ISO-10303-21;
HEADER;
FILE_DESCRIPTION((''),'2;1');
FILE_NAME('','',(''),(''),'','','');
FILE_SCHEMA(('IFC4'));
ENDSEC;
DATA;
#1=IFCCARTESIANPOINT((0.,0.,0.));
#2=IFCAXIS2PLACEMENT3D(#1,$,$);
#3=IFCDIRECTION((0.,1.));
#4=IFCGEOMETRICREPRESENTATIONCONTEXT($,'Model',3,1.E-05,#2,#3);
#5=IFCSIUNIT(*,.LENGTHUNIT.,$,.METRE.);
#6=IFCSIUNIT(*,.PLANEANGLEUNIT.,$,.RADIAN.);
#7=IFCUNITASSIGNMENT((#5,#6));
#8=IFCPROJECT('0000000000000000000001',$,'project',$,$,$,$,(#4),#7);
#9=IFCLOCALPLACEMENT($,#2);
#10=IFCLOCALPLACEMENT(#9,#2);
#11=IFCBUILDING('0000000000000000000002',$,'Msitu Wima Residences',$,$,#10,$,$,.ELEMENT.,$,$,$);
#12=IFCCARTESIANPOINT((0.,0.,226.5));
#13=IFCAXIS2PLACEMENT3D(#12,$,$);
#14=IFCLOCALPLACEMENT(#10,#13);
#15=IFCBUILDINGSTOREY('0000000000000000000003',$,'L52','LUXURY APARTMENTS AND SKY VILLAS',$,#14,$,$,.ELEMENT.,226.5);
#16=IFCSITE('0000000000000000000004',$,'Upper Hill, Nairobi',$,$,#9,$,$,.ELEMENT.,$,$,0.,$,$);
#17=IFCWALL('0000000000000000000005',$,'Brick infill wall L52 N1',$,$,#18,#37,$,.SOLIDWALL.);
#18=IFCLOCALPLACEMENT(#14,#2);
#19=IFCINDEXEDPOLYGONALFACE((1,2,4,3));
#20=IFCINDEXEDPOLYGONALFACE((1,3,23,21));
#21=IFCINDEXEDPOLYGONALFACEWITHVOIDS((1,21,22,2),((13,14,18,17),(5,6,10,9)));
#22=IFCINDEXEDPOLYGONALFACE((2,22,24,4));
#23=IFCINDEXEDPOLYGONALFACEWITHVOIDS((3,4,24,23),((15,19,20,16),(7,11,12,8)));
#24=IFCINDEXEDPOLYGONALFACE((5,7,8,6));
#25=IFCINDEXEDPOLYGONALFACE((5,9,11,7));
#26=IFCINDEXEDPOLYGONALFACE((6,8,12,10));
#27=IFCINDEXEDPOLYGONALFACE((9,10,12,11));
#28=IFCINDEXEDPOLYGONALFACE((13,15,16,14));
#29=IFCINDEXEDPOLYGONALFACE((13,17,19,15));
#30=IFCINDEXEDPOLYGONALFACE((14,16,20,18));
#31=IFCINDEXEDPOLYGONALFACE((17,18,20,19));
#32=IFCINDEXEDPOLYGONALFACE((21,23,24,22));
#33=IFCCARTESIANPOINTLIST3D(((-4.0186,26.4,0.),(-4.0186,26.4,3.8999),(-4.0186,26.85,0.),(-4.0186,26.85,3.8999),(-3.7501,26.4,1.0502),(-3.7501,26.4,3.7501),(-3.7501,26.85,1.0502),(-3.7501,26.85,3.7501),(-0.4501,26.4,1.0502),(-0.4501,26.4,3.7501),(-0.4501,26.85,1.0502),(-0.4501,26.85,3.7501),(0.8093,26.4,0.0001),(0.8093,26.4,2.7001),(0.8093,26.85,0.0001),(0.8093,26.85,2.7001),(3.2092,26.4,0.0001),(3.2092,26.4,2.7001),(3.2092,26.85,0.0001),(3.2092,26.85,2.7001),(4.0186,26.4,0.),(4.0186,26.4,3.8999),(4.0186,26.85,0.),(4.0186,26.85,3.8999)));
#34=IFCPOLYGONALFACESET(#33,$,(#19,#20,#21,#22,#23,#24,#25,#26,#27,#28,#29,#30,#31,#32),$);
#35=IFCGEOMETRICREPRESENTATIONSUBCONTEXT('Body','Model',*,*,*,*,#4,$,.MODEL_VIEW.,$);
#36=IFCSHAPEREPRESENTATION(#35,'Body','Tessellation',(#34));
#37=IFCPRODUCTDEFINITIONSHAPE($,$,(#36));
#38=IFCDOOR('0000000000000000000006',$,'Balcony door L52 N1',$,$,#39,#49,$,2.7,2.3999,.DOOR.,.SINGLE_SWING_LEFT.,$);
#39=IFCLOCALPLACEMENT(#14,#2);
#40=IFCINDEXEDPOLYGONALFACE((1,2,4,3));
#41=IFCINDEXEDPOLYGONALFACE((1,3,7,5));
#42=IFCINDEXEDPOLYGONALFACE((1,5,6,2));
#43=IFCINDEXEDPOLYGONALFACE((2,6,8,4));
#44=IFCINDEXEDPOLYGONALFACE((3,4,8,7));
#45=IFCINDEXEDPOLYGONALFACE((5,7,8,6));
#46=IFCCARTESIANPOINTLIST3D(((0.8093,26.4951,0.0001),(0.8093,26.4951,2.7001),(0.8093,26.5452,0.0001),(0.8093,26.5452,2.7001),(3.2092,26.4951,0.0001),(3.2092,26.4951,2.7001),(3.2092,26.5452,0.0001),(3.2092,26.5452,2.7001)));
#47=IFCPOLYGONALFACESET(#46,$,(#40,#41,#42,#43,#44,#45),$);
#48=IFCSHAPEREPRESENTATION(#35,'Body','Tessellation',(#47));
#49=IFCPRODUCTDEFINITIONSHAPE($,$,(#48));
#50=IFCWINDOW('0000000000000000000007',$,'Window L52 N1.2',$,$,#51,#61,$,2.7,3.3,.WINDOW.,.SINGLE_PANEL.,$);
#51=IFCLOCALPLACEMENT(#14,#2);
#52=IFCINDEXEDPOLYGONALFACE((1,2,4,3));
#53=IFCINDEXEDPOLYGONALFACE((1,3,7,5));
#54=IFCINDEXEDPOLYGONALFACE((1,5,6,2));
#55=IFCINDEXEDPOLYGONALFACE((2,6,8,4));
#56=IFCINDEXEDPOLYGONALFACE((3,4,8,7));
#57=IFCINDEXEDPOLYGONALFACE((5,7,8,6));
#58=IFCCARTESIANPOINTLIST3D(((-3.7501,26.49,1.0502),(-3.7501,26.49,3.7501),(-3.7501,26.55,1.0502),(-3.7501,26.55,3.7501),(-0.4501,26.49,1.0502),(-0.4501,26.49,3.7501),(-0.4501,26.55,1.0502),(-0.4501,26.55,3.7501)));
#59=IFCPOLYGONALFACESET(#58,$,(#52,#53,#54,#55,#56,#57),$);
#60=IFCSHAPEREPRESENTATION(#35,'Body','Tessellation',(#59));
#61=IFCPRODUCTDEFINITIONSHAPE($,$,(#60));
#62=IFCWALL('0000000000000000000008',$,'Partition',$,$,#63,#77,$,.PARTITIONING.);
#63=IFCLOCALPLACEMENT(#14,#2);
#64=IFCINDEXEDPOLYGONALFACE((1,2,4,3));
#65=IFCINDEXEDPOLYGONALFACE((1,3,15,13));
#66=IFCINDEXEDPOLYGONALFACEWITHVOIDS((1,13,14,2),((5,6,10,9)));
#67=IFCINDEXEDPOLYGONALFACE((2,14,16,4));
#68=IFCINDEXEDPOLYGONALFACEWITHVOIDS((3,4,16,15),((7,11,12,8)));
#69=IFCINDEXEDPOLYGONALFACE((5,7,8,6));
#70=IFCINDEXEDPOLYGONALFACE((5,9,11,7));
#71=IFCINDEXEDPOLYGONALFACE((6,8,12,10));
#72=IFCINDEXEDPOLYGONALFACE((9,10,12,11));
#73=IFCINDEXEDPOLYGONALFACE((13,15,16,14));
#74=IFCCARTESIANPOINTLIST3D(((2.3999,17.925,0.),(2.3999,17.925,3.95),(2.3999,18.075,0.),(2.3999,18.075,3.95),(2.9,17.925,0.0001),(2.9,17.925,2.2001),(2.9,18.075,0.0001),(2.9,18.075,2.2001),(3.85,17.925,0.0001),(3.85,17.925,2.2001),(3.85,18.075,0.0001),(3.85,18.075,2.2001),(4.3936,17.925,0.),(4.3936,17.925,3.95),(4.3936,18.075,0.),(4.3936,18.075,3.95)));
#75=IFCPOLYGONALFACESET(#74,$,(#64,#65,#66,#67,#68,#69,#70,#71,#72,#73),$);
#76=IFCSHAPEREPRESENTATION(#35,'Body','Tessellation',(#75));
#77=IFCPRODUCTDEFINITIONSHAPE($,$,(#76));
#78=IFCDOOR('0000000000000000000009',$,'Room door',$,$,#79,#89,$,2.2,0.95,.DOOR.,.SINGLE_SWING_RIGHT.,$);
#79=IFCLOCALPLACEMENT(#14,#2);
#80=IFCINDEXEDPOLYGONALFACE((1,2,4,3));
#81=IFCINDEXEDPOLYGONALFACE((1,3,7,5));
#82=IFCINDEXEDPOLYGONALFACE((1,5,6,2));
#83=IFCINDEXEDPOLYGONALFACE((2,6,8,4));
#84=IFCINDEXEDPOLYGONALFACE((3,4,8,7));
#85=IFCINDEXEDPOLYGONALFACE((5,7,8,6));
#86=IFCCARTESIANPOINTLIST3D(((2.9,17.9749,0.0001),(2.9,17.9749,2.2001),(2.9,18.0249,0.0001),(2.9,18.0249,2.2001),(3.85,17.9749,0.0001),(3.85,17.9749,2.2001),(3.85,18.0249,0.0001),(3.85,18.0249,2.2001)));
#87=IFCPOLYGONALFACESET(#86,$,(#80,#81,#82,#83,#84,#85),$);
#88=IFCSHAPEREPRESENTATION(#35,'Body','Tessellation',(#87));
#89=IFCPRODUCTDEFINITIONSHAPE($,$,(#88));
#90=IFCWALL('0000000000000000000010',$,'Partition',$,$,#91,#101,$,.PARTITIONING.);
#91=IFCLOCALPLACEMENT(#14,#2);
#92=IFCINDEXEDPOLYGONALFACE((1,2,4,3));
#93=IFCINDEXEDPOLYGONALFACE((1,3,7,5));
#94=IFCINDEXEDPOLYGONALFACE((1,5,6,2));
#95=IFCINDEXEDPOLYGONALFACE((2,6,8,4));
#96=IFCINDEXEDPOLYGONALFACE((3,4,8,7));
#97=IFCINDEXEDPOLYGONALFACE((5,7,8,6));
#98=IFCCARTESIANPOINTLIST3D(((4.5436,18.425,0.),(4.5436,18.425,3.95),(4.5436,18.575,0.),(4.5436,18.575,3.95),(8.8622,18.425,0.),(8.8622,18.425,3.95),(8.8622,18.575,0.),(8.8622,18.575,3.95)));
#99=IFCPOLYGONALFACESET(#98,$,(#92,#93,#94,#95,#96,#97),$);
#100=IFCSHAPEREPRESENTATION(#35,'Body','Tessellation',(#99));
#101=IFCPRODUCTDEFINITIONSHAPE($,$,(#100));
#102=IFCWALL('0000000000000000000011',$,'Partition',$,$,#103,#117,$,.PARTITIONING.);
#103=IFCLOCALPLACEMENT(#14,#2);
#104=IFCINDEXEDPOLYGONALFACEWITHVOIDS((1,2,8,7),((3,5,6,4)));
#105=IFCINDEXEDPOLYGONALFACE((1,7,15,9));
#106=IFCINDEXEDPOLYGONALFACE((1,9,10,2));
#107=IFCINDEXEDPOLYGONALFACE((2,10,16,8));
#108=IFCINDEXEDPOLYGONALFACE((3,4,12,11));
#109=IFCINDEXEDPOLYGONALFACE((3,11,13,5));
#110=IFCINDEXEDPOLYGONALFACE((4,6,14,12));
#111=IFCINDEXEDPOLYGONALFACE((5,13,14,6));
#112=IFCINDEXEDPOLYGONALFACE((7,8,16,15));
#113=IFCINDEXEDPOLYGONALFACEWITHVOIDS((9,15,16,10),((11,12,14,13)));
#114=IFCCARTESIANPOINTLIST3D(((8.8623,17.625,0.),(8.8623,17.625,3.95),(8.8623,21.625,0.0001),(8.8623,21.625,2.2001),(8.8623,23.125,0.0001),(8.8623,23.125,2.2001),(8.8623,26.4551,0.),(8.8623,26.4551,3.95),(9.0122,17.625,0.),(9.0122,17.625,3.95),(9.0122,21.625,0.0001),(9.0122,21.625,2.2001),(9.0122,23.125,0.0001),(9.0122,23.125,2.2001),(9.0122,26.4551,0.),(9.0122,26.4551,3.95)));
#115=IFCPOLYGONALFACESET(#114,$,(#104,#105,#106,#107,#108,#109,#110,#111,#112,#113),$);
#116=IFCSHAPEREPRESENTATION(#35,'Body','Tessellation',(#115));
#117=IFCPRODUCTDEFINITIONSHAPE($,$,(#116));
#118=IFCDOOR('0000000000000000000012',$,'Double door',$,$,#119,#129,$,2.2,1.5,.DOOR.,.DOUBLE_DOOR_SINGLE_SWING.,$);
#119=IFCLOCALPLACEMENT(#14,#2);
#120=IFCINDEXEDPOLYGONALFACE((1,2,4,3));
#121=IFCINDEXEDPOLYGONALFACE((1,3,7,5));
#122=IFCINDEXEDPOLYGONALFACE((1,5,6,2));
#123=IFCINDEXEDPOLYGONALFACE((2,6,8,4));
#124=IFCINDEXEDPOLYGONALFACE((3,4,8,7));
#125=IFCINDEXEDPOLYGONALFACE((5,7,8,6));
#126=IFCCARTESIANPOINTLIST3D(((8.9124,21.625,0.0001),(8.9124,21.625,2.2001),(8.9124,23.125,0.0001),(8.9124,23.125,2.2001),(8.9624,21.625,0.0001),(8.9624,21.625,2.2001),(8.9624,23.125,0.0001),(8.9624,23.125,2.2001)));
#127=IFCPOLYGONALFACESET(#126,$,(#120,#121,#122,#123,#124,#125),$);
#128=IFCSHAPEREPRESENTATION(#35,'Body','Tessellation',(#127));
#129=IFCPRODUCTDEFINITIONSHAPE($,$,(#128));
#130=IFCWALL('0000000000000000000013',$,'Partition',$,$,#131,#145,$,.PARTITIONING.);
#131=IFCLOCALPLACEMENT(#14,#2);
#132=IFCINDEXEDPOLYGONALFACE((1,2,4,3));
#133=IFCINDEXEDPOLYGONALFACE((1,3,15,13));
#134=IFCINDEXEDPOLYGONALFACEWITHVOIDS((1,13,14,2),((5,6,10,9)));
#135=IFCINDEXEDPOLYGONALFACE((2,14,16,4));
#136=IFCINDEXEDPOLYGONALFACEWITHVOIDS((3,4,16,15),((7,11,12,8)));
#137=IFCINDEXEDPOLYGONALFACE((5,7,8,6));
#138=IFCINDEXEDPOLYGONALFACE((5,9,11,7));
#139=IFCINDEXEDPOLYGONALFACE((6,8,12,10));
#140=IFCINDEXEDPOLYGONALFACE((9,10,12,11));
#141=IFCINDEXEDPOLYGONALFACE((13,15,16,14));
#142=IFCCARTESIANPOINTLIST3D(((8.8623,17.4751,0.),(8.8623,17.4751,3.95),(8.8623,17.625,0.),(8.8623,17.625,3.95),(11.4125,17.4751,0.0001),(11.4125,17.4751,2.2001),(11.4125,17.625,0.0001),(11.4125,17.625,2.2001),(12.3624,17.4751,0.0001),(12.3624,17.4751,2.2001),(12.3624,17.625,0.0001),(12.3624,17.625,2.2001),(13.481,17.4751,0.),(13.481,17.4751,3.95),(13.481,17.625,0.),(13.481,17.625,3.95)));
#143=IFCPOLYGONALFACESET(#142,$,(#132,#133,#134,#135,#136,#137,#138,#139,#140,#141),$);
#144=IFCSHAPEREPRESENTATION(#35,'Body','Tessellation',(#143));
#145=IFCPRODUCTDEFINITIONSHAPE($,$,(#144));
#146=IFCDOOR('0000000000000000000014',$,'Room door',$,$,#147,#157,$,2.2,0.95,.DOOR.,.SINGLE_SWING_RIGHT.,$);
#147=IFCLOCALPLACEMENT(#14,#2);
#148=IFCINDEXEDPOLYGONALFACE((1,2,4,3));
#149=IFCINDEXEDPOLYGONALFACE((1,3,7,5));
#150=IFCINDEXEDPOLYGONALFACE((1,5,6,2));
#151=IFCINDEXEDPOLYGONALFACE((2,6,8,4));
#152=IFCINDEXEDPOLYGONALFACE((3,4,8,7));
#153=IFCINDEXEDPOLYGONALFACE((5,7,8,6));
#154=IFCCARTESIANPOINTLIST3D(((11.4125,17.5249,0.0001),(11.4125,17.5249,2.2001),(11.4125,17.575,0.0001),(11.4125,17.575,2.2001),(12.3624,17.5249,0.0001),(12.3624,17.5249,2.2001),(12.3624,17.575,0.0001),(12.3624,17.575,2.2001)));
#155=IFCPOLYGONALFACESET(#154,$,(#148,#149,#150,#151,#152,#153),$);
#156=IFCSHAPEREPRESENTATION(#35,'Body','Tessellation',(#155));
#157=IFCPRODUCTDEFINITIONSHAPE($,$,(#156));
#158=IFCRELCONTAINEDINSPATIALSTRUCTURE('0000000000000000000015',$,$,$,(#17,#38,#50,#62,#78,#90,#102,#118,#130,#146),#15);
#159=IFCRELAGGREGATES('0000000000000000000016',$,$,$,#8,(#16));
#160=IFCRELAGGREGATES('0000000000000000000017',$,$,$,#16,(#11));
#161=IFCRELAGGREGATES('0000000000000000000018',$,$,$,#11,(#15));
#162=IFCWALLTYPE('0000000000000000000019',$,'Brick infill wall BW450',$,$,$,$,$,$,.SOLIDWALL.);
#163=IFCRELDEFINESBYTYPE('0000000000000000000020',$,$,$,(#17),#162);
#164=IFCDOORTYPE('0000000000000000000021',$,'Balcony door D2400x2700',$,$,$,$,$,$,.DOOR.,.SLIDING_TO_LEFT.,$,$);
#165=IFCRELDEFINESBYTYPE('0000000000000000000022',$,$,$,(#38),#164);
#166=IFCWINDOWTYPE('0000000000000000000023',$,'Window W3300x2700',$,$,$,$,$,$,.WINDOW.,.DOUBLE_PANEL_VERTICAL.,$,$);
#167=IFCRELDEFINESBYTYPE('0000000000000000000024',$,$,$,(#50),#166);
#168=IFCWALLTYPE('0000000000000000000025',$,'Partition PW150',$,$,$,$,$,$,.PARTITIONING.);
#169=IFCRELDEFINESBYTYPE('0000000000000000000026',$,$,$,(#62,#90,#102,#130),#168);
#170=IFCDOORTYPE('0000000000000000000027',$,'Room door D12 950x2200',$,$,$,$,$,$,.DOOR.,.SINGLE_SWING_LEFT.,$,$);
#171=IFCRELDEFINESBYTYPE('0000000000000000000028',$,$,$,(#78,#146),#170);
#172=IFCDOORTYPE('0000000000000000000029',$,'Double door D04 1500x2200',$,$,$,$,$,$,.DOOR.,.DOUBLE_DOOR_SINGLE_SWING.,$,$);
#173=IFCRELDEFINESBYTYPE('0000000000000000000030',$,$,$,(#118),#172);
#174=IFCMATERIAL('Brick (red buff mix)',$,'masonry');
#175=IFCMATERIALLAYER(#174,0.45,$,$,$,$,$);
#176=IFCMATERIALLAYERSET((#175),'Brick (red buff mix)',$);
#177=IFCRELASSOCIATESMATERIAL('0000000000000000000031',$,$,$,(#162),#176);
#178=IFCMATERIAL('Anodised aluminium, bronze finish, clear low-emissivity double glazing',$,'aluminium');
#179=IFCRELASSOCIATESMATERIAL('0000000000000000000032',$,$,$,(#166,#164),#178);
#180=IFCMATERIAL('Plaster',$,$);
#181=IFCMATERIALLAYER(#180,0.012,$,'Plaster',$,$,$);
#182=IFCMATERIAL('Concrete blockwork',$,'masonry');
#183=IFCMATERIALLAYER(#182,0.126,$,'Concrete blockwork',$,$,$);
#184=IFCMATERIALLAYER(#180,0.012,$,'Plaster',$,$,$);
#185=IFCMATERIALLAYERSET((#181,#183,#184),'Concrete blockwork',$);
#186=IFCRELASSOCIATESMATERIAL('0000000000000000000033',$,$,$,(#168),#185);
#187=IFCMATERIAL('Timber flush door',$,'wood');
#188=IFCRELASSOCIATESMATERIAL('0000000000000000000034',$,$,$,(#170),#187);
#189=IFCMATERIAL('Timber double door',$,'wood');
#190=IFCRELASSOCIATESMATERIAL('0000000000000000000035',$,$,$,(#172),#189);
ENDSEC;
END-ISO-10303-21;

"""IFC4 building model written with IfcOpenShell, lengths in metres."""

from ifc_helpers import new_model, si_unit, direction, frame, frame_2d, origin, place, context, subcontext, project, spatial, rectangle, extrude, material, layer, layer_set, type_object, element, fill, save


model = new_model("IFC4")

# Units and contexts
model_context = context("Model", 3, precision=1e-05, world=origin(), true_north=direction((0.0, 1.0)))
body_context = subcontext(model_context, "Body", "Model", "MODEL_VIEW")
ifc_project = project(units=[si_unit("LENGTHUNIT", "METRE"), si_unit("PLANEANGLEUNIT", "RADIAN")], contexts=[model_context])

# Site, building, storey
site_placement = place(None, origin())
site = spatial("IfcSite", under=ifc_project, at=site_placement, Name="Upper Hill, Nairobi", CompositionType="ELEMENT", RefElevation=0.0)
building_placement = place(site_placement, origin())
building = spatial("IfcBuilding", under=site, at=building_placement, Name="Msitu Wima Residences", CompositionType="ELEMENT")
storey_placement = place(building_placement, frame((0.0, 0.0, 226.5)))
storey = spatial("IfcBuildingStorey", under=building, at=storey_placement, Name="L52", Description="LUXURY APARTMENTS AND SKY VILLAS", CompositionType="ELEMENT", Elevation=226.5)

# Shared definitions
ifc_material_1 = material(Name="Brick (red buff mix)", Category="masonry")
ifc_layer_1 = layer(ifc_material_1, 0.45)
ifc_layer_set_1 = layer_set([ifc_layer_1], Name="Brick (red buff mix)")
wall_type_1 = type_object("IfcWallType", Name="Brick infill wall BW450", PredefinedType="SOLIDWALL", material=ifc_layer_set_1)
ifc_material_2 = material(Name="Anodised aluminium, bronze finish, clear low-emissivity double glazing", Category="aluminium")
window_type = type_object("IfcWindowType", Name="Window W3300x2700", PartitioningType="DOUBLE_PANEL_VERTICAL", PredefinedType="WINDOW", material=ifc_material_2)

# Wall, openings, door, window
wall_1_placement = place(storey_placement, frame((4.0186, 26.625, 0.0), z_axis=(0.0, 0.0, 1.0), x_axis=(-1.0, 0.0, 0.0)))
wall_1 = element("IfcWall", 1, at=wall_1_placement, inside=storey, type_object=wall_type_1, Name="Brick infill wall L52 N1", PredefinedType="SOLIDWALL", context=body_context, shape_type="SweptSolid", body=[
    extrude(rectangle(XDim=8.0371, YDim=0.45, at=frame_2d((4.0186, 0.0))), origin(), (0.0, 0.0, 1.0), 3.8999),
])
opening_1_placement = place(wall_1_placement, frame((0.8093, 0.0, 0.0)))
opening_1 = element("IfcOpeningElement", 2, at=opening_1_placement, cuts=wall_1, PredefinedType="OPENING", context=body_context, shape_type="SweptSolid", body=[
    extrude(rectangle(XDim=2.3999, YDim=2.7, at=frame_2d((1.2, 1.3501))), frame((0.0, 0.2349, 0.0), z_axis=(0.0, -1.0, 0.0), x_axis=(1.0, 0.0, 0.0)), (0.0, 0.0, 1.0), 0.47),
])
opening_2_placement = place(wall_1_placement, frame((4.4688, 0.0, 1.05)))
opening_2 = element("IfcOpeningElement", 3, at=opening_2_placement, cuts=wall_1, PredefinedType="OPENING", context=body_context, shape_type="SweptSolid", body=[
    extrude(rectangle(XDim=3.3, YDim=2.7, at=frame_2d((1.6499, 1.3501))), frame((0.0, 0.2349, 0.0), z_axis=(0.0, -1.0, 0.0), x_axis=(1.0, 0.0, 0.0)), (0.0, 0.0, 1.0), 0.47),
])
door_type_1 = type_object("IfcDoorType", Name="Balcony door D2400x2700", OperationType="SLIDING_TO_LEFT", PredefinedType="DOOR", material=ifc_material_2)
door_1_placement = place(opening_1_placement, origin())
door_1 = element("IfcDoor", 4, at=door_1_placement, inside=storey, type_object=door_type_1, Name="Balcony door L52 N1", OperationType="SINGLE_SWING_LEFT", OverallHeight=2.7, OverallWidth=2.3999, PredefinedType="DOOR", context=body_context, shape_type="SweptSolid", body=[
    extrude(rectangle(XDim=2.3999, YDim=2.7, at=frame_2d((1.2, 1.3501))), frame((0.0, 0.1299, 0.0), z_axis=(0.0, -1.0, 0.0), x_axis=(1.0, 0.0, 0.0)), (0.0, 0.0, 1.0), 0.05),
])
fill(opening_1, door_1)
window_1_placement = place(opening_2_placement, origin())
window_1 = element("IfcWindow", 5, at=window_1_placement, inside=storey, type_object=window_type, Name="Window L52 N1.2", OverallHeight=2.7, OverallWidth=3.3, PartitioningType="SINGLE_PANEL", PredefinedType="WINDOW", context=body_context, shape_type="SweptSolid", body=[
    extrude(rectangle(XDim=3.3, YDim=2.7, at=frame_2d((1.6499, 1.3501))), frame((0.0, 0.135, 0.0), z_axis=(0.0, -1.0, 0.0), x_axis=(1.0, 0.0, 0.0)), (0.0, 0.0, 1.0), 0.0601),
])
fill(opening_2, window_1)

# Wall, opening, door
ifc_material_3 = material(Name="Plaster")
ifc_layer_2 = layer(ifc_material_3, 0.012, Name="Plaster")
ifc_material_4 = material(Name="Concrete blockwork", Category="masonry")
ifc_layer_3 = layer(ifc_material_4, 0.126, Name="Concrete blockwork")
ifc_layer_4 = layer(ifc_material_3, 0.012, Name="Plaster")
ifc_layer_set_2 = layer_set([ifc_layer_2, ifc_layer_3, ifc_layer_4], Name="Concrete blockwork")
wall_type_2 = type_object("IfcWallType", Name="Partition PW150", PredefinedType="PARTITIONING", material=ifc_layer_set_2)
wall_2_placement = place(storey_placement, frame((2.3999, 18.0, 0.0), z_axis=(0.0, 0.0, 1.0), x_axis=(1.0, 0.0, 0.0)))
wall_2 = element("IfcWall", 6, at=wall_2_placement, inside=storey, type_object=wall_type_2, Name="Partition", PredefinedType="PARTITIONING", context=body_context, shape_type="SweptSolid", body=[
    extrude(rectangle(XDim=1.9937, YDim=0.1499, at=frame_2d((0.9968, 0.0))), origin(), (0.0, 0.0, 1.0), 3.95),
])
opening_3_placement = place(wall_2_placement, frame((0.5, 0.0, 0.0)))
opening_3 = element("IfcOpeningElement", 7, at=opening_3_placement, cuts=wall_2, PredefinedType="OPENING", context=body_context, shape_type="SweptSolid", body=[
    extrude(rectangle(XDim=0.95, YDim=2.2, at=frame_2d((0.4751, 1.1001))), frame((0.0, 0.085, 0.0), z_axis=(0.0, -1.0, 0.0), x_axis=(1.0, 0.0, 0.0)), (0.0, 0.0, 1.0), 0.1699),
])
ifc_material_5 = material(Name="Timber flush door", Category="wood")
door_type_2 = type_object("IfcDoorType", Name="Room door D12 950x2200", OperationType="SINGLE_SWING_LEFT", PredefinedType="DOOR", material=ifc_material_5)
door_2_placement = place(opening_3_placement, origin())
door_2 = element("IfcDoor", 8, at=door_2_placement, inside=storey, type_object=door_type_2, Name="Room door", OperationType="SINGLE_SWING_RIGHT", OverallHeight=2.2, OverallWidth=0.95, PredefinedType="DOOR", context=body_context, shape_type="SweptSolid", body=[
    extrude(rectangle(XDim=0.95, YDim=2.2, at=frame_2d((0.4751, 1.1001))), frame((0.0, 0.0249, 0.0), z_axis=(0.0, -1.0, 0.0), x_axis=(1.0, 0.0, 0.0)), (0.0, 0.0, 1.0), 0.05),
])
fill(opening_3, door_2)

# Wall
wall_3_placement = place(storey_placement, frame((4.5437, 18.5, 0.0), z_axis=(0.0, 0.0, 1.0), x_axis=(1.0, 0.0, 0.0)))
element("IfcWall", 9, at=wall_3_placement, inside=storey, type_object=wall_type_2, Name="Partition", PredefinedType="PARTITIONING", context=body_context, shape_type="SweptSolid", body=[
    extrude(rectangle(XDim=4.3186, YDim=0.1499, at=frame_2d((2.1592, 0.0))), origin(), (0.0, 0.0, 1.0), 3.95),
])

# Walls, openings, doors
wall_4_placement = place(storey_placement, frame((8.9373, 17.625, 0.0), z_axis=(0.0, 0.0, 1.0), x_axis=(0.0, 1.0, 0.0)))
wall_4 = element("IfcWall", 10, at=wall_4_placement, inside=storey, type_object=wall_type_2, Name="Partition", PredefinedType="PARTITIONING", context=body_context, shape_type="SweptSolid", body=[
    extrude(rectangle(XDim=8.8301, YDim=0.1499, at=frame_2d((4.415, 0.0))), origin(), (0.0, 0.0, 1.0), 3.95),
])
opening_4_placement = place(wall_4_placement, frame((4.0, 0.0, 0.0)))
opening_4 = element("IfcOpeningElement", 11, at=opening_4_placement, cuts=wall_4, PredefinedType="OPENING", context=body_context, shape_type="SweptSolid", body=[
    extrude(rectangle(XDim=1.5, YDim=2.2, at=frame_2d((0.75, 1.1001))), frame((0.0, 0.085, 0.0), z_axis=(0.0, -1.0, 0.0), x_axis=(1.0, 0.0, 0.0)), (0.0, 0.0, 1.0), 0.1699),
])
ifc_material_6 = material(Name="Timber double door", Category="wood")
door_type_3 = type_object("IfcDoorType", Name="Double door D04 1500x2200", OperationType="DOUBLE_DOOR_SINGLE_SWING", PredefinedType="DOOR", material=ifc_material_6)
door_3_placement = place(opening_4_placement, origin())
door_3 = element("IfcDoor", 12, at=door_3_placement, inside=storey, type_object=door_type_3, Name="Double door", OperationType="DOUBLE_DOOR_SINGLE_SWING", OverallHeight=2.2, OverallWidth=1.5, PredefinedType="DOOR", context=body_context, shape_type="SweptSolid", body=[
    extrude(rectangle(XDim=1.5, YDim=2.2, at=frame_2d((0.75, 1.1001))), frame((0.0, 0.0249, 0.0), z_axis=(0.0, -1.0, 0.0), x_axis=(1.0, 0.0, 0.0)), (0.0, 0.0, 1.0), 0.05),
])
fill(opening_4, door_3)
wall_5_placement = place(storey_placement, frame((8.8623, 17.55, 0.0), z_axis=(0.0, 0.0, 1.0), x_axis=(1.0, 0.0, 0.0)))
wall_5 = element("IfcWall", 13, at=wall_5_placement, inside=storey, type_object=wall_type_2, Name="Partition", PredefinedType="PARTITIONING", context=body_context, shape_type="SweptSolid", body=[
    extrude(rectangle(XDim=4.6187, YDim=0.1499, at=frame_2d((2.3093, 0.0))), origin(), (0.0, 0.0, 1.0), 3.95),
])
opening_5_placement = place(wall_5_placement, frame((2.55, 0.0, 0.0)))
opening_5 = element("IfcOpeningElement", 14, at=opening_5_placement, cuts=wall_5, PredefinedType="OPENING", context=body_context, shape_type="SweptSolid", body=[
    extrude(rectangle(XDim=0.95, YDim=2.2, at=frame_2d((0.4751, 1.1001))), frame((0.0, 0.085, 0.0), z_axis=(0.0, -1.0, 0.0), x_axis=(1.0, 0.0, 0.0)), (0.0, 0.0, 1.0), 0.1699),
])
door_4_placement = place(opening_5_placement, origin())
door_4 = element("IfcDoor", 15, at=door_4_placement, inside=storey, type_object=door_type_2, Name="Room door", OperationType="SINGLE_SWING_RIGHT", OverallHeight=2.2, OverallWidth=0.95, PredefinedType="DOOR", context=body_context, shape_type="SweptSolid", body=[
    extrude(rectangle(XDim=0.95, YDim=2.2, at=frame_2d((0.4751, 1.1001))), frame((0.0, 0.0249, 0.0), z_axis=(0.0, -1.0, 0.0), x_axis=(1.0, 0.0, 0.0)), (0.0, 0.0, 1.0), 0.05),
])
fill(opening_5, door_4)

save(model, "model.ifc")
